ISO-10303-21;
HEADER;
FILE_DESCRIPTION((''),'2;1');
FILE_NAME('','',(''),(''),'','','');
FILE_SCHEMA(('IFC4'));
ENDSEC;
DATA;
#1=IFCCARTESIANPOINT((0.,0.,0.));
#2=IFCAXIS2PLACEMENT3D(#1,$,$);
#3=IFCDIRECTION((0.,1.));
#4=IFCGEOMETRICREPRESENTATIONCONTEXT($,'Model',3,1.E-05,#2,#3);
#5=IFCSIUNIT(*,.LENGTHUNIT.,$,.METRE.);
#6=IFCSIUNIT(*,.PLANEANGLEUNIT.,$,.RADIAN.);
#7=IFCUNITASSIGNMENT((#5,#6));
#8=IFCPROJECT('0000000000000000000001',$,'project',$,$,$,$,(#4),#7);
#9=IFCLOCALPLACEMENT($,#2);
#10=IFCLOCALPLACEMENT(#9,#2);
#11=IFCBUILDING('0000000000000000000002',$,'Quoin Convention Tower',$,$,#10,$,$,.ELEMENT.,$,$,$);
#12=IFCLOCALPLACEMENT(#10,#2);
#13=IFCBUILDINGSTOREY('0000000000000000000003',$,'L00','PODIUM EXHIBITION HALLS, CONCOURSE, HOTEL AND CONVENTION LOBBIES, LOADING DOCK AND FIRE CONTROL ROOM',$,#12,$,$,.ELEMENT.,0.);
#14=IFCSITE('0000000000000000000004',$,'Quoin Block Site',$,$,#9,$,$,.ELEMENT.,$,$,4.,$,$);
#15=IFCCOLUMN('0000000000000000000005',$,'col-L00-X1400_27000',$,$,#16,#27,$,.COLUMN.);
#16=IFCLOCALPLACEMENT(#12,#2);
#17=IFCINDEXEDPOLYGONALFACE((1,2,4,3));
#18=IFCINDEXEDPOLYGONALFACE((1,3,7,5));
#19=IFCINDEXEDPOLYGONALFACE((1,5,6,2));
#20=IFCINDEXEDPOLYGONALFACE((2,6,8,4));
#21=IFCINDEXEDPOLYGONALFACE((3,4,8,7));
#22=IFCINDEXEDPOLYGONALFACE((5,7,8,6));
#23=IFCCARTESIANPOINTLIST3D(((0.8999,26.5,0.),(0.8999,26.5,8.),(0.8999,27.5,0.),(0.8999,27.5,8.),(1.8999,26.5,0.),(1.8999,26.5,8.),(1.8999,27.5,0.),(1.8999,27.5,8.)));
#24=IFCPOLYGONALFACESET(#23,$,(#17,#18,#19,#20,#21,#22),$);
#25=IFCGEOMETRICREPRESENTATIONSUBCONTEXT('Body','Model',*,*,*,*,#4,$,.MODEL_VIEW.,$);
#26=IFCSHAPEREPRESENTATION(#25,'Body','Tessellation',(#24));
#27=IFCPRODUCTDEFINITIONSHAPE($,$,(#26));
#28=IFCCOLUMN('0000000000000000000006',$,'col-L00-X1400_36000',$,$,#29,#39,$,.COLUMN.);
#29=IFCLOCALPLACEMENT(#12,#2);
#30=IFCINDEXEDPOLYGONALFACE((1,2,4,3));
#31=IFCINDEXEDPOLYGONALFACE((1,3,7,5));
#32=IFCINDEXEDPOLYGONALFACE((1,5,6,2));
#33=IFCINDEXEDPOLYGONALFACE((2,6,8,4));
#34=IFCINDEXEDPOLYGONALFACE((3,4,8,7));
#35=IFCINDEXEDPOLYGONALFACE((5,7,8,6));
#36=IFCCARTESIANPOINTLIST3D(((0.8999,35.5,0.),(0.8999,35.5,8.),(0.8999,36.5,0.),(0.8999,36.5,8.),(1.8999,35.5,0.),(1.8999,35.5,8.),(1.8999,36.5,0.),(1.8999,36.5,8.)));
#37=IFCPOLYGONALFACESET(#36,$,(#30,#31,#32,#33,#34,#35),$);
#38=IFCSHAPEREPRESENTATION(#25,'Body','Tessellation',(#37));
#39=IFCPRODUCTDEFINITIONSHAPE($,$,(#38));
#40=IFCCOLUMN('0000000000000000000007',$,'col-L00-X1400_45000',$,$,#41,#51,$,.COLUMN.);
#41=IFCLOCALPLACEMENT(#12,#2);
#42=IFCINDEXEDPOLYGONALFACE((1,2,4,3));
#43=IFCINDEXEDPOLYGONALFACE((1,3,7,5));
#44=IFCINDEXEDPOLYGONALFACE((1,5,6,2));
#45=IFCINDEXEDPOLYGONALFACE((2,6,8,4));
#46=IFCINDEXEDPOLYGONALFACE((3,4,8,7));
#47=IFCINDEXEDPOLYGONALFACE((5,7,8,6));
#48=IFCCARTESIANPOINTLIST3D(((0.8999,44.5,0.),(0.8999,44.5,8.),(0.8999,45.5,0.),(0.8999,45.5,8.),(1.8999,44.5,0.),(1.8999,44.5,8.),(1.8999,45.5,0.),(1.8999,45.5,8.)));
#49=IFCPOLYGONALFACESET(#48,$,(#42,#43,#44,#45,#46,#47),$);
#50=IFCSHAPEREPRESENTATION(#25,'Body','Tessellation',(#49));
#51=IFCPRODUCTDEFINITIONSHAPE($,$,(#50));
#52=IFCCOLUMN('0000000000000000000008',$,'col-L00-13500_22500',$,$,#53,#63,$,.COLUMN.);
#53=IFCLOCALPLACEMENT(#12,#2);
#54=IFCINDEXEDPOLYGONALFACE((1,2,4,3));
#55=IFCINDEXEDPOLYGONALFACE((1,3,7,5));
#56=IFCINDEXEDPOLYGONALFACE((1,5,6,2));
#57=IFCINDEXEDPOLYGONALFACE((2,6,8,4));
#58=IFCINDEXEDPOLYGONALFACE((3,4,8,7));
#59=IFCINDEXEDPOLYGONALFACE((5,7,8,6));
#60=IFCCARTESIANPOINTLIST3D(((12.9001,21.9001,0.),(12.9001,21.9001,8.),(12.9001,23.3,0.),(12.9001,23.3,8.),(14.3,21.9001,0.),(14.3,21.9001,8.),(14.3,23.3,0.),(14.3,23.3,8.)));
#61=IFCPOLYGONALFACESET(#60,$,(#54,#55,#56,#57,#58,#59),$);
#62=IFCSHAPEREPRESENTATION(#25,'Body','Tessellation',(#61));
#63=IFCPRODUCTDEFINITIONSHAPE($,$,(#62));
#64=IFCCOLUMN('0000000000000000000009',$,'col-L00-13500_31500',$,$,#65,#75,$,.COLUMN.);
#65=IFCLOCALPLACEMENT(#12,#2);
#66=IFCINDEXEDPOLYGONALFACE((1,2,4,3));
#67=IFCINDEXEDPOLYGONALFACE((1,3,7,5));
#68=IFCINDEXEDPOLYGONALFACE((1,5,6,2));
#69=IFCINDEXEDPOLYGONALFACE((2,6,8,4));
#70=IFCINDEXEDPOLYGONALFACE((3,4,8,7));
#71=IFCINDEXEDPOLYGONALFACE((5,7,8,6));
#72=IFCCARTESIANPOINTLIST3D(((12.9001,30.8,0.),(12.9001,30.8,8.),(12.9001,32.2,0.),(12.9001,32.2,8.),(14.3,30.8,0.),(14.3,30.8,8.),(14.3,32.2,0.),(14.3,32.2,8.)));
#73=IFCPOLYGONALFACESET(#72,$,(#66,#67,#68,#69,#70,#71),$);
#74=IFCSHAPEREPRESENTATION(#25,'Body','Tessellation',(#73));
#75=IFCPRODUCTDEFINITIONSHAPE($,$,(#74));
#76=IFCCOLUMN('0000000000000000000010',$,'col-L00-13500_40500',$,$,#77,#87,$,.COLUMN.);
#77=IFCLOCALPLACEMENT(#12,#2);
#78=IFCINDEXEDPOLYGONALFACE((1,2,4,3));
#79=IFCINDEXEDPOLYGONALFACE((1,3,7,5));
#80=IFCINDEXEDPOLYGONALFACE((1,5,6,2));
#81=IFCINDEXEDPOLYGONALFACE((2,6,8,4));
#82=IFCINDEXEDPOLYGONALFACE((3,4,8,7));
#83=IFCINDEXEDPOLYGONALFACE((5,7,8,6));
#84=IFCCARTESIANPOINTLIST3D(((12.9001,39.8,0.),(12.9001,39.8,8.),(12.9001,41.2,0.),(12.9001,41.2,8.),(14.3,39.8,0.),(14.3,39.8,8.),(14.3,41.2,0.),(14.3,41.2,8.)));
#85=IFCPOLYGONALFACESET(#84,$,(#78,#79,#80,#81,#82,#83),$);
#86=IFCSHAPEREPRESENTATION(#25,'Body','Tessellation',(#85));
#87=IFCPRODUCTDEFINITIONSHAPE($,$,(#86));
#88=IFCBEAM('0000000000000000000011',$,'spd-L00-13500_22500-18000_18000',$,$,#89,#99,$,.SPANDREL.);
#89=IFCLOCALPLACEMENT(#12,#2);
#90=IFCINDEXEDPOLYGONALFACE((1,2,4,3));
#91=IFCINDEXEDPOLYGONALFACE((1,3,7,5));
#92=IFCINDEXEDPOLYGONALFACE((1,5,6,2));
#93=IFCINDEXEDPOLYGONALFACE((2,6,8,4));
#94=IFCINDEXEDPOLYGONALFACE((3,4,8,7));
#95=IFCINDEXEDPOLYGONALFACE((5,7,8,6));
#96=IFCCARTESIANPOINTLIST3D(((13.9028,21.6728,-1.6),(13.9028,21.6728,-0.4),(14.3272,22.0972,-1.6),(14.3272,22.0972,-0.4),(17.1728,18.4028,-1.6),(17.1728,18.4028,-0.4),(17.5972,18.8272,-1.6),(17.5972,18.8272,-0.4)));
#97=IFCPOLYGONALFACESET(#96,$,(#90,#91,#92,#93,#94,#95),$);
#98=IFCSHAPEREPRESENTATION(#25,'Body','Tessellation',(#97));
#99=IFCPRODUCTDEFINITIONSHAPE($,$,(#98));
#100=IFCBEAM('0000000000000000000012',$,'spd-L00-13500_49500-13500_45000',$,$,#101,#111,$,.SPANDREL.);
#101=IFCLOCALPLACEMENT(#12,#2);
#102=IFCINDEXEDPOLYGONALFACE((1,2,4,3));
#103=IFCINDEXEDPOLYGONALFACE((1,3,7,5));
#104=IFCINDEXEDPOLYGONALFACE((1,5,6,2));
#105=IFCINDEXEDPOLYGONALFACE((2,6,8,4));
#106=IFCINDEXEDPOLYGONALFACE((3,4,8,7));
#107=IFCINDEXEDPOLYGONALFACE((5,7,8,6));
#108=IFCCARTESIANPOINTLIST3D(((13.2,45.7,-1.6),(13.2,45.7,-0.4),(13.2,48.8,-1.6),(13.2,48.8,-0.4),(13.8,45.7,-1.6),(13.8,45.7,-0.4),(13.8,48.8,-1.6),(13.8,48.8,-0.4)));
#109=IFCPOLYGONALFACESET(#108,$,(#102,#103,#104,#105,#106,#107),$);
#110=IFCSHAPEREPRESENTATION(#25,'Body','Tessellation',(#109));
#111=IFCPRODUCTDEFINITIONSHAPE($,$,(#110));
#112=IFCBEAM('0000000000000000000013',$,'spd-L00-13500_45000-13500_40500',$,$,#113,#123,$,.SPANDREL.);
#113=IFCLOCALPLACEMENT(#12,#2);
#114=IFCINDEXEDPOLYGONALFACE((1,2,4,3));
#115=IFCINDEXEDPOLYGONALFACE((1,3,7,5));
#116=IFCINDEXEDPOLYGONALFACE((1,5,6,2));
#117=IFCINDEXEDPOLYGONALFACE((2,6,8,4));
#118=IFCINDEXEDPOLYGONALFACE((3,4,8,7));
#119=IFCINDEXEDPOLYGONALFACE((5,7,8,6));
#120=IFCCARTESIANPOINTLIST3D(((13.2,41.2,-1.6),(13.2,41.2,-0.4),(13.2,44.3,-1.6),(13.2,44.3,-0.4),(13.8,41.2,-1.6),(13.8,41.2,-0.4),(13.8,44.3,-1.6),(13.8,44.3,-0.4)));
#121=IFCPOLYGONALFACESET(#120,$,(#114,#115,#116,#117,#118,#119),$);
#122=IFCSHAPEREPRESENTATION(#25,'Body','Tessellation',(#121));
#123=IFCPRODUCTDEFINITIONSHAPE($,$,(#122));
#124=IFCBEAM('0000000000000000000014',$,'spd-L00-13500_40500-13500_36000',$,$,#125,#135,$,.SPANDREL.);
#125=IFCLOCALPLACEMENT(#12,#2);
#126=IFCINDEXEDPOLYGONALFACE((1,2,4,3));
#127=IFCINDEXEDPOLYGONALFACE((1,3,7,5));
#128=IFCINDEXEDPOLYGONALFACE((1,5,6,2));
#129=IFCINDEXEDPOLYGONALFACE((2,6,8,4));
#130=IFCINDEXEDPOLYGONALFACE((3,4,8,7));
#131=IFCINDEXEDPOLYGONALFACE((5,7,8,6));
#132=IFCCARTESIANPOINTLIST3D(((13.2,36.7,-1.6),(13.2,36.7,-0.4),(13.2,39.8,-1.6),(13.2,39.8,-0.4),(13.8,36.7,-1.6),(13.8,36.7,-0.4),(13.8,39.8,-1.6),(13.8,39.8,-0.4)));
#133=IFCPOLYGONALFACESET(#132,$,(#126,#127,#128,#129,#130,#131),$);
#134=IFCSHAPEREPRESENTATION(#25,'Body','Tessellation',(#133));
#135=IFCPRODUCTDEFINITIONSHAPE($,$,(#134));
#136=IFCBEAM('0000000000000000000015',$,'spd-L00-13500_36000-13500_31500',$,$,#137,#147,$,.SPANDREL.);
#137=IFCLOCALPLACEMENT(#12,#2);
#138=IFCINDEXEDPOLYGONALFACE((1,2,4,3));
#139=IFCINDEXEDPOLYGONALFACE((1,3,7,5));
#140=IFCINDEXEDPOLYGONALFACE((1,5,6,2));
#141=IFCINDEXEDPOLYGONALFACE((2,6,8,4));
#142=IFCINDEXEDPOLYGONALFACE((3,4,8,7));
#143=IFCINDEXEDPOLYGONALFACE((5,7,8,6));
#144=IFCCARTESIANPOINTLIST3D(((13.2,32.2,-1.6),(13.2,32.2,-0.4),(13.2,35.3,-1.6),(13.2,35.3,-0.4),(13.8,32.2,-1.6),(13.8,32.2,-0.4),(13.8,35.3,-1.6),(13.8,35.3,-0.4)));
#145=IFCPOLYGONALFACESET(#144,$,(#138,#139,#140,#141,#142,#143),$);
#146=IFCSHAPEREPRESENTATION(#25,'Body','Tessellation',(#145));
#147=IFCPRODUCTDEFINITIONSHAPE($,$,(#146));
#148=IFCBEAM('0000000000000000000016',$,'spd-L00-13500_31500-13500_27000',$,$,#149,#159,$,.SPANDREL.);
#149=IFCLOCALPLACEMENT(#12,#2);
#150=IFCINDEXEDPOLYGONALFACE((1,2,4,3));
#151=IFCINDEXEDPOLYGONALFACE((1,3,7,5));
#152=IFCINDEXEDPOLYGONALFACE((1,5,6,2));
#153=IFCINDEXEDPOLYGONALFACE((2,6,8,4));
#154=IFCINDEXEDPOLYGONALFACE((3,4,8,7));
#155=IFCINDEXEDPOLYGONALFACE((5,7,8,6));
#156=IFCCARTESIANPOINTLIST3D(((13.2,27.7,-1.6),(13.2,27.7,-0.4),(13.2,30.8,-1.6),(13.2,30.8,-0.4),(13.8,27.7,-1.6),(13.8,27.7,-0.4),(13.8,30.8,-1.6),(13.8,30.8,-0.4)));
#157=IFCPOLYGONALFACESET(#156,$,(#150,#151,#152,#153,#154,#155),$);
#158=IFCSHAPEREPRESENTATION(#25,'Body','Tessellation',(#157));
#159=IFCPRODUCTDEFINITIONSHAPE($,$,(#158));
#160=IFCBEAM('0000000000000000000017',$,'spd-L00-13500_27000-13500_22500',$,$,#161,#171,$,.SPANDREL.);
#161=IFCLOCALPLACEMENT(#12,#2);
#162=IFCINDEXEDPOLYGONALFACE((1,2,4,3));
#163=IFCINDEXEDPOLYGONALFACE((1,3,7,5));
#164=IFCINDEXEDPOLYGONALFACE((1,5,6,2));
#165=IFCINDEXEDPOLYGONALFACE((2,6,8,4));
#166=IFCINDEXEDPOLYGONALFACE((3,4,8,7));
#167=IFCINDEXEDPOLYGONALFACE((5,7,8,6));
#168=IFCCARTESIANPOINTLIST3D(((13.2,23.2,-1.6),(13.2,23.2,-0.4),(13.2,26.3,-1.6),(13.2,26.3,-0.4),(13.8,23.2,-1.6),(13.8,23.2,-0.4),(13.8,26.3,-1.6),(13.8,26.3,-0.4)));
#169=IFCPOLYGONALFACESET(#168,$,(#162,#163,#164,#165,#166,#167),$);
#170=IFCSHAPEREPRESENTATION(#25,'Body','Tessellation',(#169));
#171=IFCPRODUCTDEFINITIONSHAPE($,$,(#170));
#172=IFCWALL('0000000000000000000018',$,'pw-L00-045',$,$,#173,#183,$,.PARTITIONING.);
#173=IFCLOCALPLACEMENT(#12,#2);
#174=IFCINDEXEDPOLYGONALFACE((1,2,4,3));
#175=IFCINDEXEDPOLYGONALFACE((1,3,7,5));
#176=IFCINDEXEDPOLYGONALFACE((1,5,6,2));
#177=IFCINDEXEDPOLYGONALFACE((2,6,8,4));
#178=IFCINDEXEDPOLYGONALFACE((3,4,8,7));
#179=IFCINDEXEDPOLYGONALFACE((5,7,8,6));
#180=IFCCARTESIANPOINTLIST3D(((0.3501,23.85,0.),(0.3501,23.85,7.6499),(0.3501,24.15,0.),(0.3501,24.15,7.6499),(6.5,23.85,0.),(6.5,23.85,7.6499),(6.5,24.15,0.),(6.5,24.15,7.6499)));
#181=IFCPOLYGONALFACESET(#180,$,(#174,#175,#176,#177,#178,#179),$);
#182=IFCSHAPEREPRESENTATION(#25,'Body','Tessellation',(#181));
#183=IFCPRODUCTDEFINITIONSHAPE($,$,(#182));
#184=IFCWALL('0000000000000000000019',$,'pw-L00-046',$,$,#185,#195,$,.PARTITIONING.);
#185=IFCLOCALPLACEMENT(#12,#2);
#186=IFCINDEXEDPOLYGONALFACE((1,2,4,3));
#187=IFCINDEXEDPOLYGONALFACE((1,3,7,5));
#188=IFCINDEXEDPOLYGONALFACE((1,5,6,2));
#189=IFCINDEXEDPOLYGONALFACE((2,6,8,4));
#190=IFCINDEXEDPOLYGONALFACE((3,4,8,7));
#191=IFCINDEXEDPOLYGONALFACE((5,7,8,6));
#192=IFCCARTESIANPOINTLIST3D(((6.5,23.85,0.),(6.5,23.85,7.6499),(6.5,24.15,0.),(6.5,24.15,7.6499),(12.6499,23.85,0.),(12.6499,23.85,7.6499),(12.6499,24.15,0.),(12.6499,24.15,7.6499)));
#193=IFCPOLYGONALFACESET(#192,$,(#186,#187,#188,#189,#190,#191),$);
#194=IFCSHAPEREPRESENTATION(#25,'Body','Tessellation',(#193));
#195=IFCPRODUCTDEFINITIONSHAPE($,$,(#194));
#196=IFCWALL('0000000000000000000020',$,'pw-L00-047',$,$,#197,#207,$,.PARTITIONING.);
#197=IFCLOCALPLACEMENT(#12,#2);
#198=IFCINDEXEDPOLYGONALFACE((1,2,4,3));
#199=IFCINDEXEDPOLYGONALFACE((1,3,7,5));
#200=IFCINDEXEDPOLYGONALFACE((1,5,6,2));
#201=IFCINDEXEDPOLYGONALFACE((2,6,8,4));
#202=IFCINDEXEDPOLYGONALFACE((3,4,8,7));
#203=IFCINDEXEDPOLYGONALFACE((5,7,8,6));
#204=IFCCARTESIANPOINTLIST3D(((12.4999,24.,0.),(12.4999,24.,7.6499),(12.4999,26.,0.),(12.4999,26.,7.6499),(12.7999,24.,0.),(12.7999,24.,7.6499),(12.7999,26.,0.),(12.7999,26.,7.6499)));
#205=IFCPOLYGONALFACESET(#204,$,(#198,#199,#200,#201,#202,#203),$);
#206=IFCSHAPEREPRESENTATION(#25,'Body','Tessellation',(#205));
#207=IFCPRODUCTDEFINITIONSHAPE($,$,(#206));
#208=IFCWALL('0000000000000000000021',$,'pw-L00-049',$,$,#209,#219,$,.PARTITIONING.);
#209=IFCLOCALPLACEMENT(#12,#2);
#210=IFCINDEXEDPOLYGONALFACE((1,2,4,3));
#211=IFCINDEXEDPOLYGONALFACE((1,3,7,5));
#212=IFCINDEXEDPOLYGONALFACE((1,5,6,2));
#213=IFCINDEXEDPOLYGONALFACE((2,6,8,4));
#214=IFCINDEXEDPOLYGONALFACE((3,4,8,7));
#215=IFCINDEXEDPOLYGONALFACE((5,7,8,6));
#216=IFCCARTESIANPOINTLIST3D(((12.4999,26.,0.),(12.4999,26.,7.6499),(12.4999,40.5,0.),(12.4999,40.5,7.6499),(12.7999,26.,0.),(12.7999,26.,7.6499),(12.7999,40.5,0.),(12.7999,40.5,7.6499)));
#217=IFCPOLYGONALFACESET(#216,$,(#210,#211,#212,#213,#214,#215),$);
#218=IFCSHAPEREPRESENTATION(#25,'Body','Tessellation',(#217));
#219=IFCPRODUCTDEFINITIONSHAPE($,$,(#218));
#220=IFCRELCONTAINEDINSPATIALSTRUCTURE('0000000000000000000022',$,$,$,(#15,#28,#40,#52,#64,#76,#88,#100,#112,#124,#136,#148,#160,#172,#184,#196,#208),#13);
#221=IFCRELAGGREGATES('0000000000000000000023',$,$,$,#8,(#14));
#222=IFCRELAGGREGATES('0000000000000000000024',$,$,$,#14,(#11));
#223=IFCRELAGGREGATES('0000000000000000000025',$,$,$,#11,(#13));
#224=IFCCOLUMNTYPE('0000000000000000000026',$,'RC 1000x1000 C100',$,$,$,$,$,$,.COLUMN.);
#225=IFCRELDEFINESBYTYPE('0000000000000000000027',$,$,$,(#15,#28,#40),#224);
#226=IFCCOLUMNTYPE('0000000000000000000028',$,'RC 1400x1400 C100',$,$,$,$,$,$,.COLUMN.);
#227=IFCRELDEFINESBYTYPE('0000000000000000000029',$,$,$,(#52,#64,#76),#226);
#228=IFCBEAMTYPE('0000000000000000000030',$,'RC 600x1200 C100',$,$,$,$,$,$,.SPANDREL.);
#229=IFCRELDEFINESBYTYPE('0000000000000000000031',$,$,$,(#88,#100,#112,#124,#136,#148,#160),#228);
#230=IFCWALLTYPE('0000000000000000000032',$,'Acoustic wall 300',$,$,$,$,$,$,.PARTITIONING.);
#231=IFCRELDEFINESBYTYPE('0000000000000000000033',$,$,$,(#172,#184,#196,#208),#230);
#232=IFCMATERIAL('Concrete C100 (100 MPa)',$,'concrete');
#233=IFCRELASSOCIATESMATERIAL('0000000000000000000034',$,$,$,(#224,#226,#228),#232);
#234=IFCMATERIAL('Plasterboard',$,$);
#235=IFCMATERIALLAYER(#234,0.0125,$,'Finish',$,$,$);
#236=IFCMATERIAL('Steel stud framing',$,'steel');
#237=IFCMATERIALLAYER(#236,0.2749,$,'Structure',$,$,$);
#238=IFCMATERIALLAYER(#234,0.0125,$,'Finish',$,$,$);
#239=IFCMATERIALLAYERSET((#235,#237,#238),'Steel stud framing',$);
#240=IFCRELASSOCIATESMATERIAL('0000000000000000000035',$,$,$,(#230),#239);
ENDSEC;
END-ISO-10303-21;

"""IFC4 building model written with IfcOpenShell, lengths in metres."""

from ifc_helpers import new_model, si_unit, direction, frame, frame_2d, origin, origin_2d, place, context, subcontext, project, spatial, rectangle, extrude, material, layer, layer_set, material_profile, profile_set, type_object, element, save


model = new_model("IFC4")

# Units and contexts
model_context = context("Model", 3, precision=1e-05, world=origin(), true_north=direction((0.0, 1.0)))
body_context = subcontext(model_context, "Body", "Model", "MODEL_VIEW")
ifc_project = project(units=[si_unit("LENGTHUNIT", "METRE"), si_unit("PLANEANGLEUNIT", "RADIAN")], contexts=[model_context])

# Site, building, storey
site_placement = place(None, origin())
site = spatial("IfcSite", under=ifc_project, at=site_placement, Name="Quoin Block Site", CompositionType="ELEMENT", RefElevation=4.0)
building_placement = place(site_placement, origin())
building = spatial("IfcBuilding", under=site, at=building_placement, Name="Quoin Convention Tower", CompositionType="ELEMENT")
storey_placement = place(building_placement, origin())
storey = spatial("IfcBuildingStorey", under=building, at=storey_placement, Name="L00", Description="PODIUM EXHIBITION HALLS, CONCOURSE, HOTEL AND CONVENTION LOBBIES, LOADING DOCK AND FIRE CONTROL ROOM", CompositionType="ELEMENT", Elevation=0.0)

# Columns
ifc_material_1 = material(Name="Concrete C100 (100 MPa)", Category="concrete")
ifc_material_profile_1 = material_profile(ifc_material_1, rectangle(XDim=1.0, YDim=1.0, at=origin_2d()), Name="RC 1000x1000")
ifc_profile_set_1 = profile_set([ifc_material_profile_1], Name="Concrete C100 (100 MPa)")
column_type_1 = type_object("IfcColumnType", Name="RC 1000x1000 C100", PredefinedType="COLUMN", material=ifc_profile_set_1)
for number, where, z_axis, x_axis, name in (
    (1, (1.3999, 27.0, 0.0), (0.0, 0.0, 1.0), (1.0, 0.0, 0.0), "col-L00-X1400_27000"),
    (2, (1.3999, 36.0, 0.0), (0.0, 0.0, 1.0), (1.0, 0.0, 0.0), "col-L00-X1400_36000"),
    (3, (1.3999, 45.0, 0.0), (0.0, 0.0, 1.0), (1.0, 0.0, 0.0), "col-L00-X1400_45000"),
):
    element("IfcColumn", number, at=place(storey_placement, frame(where, z_axis=z_axis, x_axis=x_axis)), inside=storey, type_object=column_type_1, Name=name, PredefinedType="COLUMN", context=body_context, shape_type="SweptSolid", body=[
        extrude(rectangle(XDim=1.0, YDim=1.0, at=origin_2d()), origin(), (0.0, 0.0, 1.0), 8.0),
    ])
ifc_material_profile_2 = material_profile(ifc_material_1, rectangle(XDim=1.3999, YDim=1.3999, at=origin_2d()), Name="RC 1400x1400")
ifc_profile_set_2 = profile_set([ifc_material_profile_2], Name="Concrete C100 (100 MPa)")
column_type_2 = type_object("IfcColumnType", Name="RC 1400x1400 C100", PredefinedType="COLUMN", material=ifc_profile_set_2)
for number, where, z_axis, x_axis, name in (
    (4, (13.6001, 22.6001, 0.0), (0.0, 0.0, 1.0), (1.0, 0.0, 0.0), "col-L00-13500_22500"),
    (5, (13.6001, 31.5, 0.0), (0.0, 0.0, 1.0), (1.0, 0.0, 0.0), "col-L00-13500_31500"),
    (6, (13.6001, 40.5, 0.0), (0.0, 0.0, 1.0), (1.0, 0.0, 0.0), "col-L00-13500_40500"),
):
    element("IfcColumn", number, at=place(storey_placement, frame(where, z_axis=z_axis, x_axis=x_axis)), inside=storey, type_object=column_type_2, Name=name, PredefinedType="COLUMN", context=body_context, shape_type="SweptSolid", body=[
        extrude(rectangle(XDim=1.3999, YDim=1.3999, at=origin_2d()), origin(), (0.0, 0.0, 1.0), 8.0),
    ])

# Beams
ifc_material_profile_3 = material_profile(ifc_material_1, rectangle(XDim=0.6001, YDim=1.2, at=origin_2d()), Name="RC 600x1200")
ifc_profile_set_3 = profile_set([ifc_material_profile_3], Name="Concrete C100 (100 MPa)")
beam_type = type_object("IfcBeamType", Name="RC 600x1200 C100", PredefinedType="SPANDREL", material=ifc_profile_set_3)
beam_placement = place(storey_placement, frame((14.115, 21.885, -1.0), z_axis=(0.707107, -0.707107, 0.0), x_axis=(0.707107, 0.707107, 0.0)))
element("IfcBeam", 7, at=beam_placement, inside=storey, type_object=beam_type, Name="spd-L00-13500_22500-18000_18000", PredefinedType="SPANDREL", context=body_context, shape_type="SweptSolid", body=[
    extrude(rectangle(XDim=0.6001, YDim=1.2, at=origin_2d()), origin(), (0.0, 0.0, 1.0), 4.6245),
])
for number, where, z_axis, x_axis, name in (
    (8, (13.5, 48.8, -1.0), (0.0, -1.0, 0.0), (1.0, 0.0, 0.0), "spd-L00-13500_49500-13500_45000"),
    (9, (13.5, 44.3, -1.0), (0.0, -1.0, 0.0), (1.0, 0.0, 0.0), "spd-L00-13500_45000-13500_40500"),
    (10, (13.5, 39.8, -1.0), (0.0, -1.0, 0.0), (1.0, 0.0, 0.0), "spd-L00-13500_40500-13500_36000"),
    (11, (13.5, 35.3, -1.0), (0.0, -1.0, 0.0), (1.0, 0.0, 0.0), "spd-L00-13500_36000-13500_31500"),
    (12, (13.5, 30.8, -1.0), (0.0, -1.0, 0.0), (1.0, 0.0, 0.0), "spd-L00-13500_31500-13500_27000"),
    (13, (13.5, 26.3, -1.0), (0.0, -1.0, 0.0), (1.0, 0.0, 0.0), "spd-L00-13500_27000-13500_22500"),
):
    element("IfcBeam", number, at=place(storey_placement, frame(where, z_axis=z_axis, x_axis=x_axis)), inside=storey, type_object=beam_type, Name=name, PredefinedType="SPANDREL", context=body_context, shape_type="SweptSolid", body=[
        extrude(rectangle(XDim=0.6001, YDim=1.2, at=origin_2d()), origin(), (0.0, 0.0, 1.0), 3.1001),
    ])

# Walls
ifc_material_2 = material(Name="Plasterboard")
ifc_layer_1 = layer(ifc_material_2, 0.0125, Name="Finish")
ifc_material_3 = material(Name="Steel stud framing", Category="steel")
ifc_layer_2 = layer(ifc_material_3, 0.2749, Name="Structure")
ifc_layer_3 = layer(ifc_material_2, 0.0125, Name="Finish")
ifc_layer_set_1 = layer_set([ifc_layer_1, ifc_layer_2, ifc_layer_3], Name="Steel stud framing")
wall_type_1 = type_object("IfcWallType", Name="Acoustic wall 300", PredefinedType="PARTITIONING", material=ifc_layer_set_1)
for number, where, z_axis, x_axis, name in (
    (14, (0.3501, 24.0, 0.0), (0.0, 0.0, 1.0), (1.0, 0.0, 0.0), "pw-L00-045"),
    (15, (6.5, 24.0, 0.0), (0.0, 0.0, 1.0), (1.0, 0.0, 0.0), "pw-L00-046"),
):
    element("IfcWall", number, at=place(storey_placement, frame(where, z_axis=z_axis, x_axis=x_axis)), inside=storey, type_object=wall_type_1, Name=name, PredefinedType="PARTITIONING", context=body_context, shape_type="SweptSolid", body=[
        extrude(rectangle(XDim=6.1499, YDim=0.3, at=frame_2d((3.075, 0.0))), origin(), (0.0, 0.0, 1.0), 7.6499),
    ])
wall_1_placement = place(storey_placement, frame((12.6499, 24.0, 0.0), z_axis=(0.0, 0.0, 1.0), x_axis=(0.0, 1.0, 0.0)))
element("IfcWall", 16, at=wall_1_placement, inside=storey, type_object=wall_type_1, Name="pw-L00-047", PredefinedType="PARTITIONING", context=body_context, shape_type="SweptSolid", body=[
    extrude(rectangle(XDim=2.0, YDim=0.3, at=frame_2d((1.0, 0.0))), origin(), (0.0, 0.0, 1.0), 7.6499),
])
wall_2_placement = place(storey_placement, frame((12.6499, 26.0, 0.0), z_axis=(0.0, 0.0, 1.0), x_axis=(0.0, 1.0, 0.0)))
element("IfcWall", 17, at=wall_2_placement, inside=storey, type_object=wall_type_1, Name="pw-L00-049", PredefinedType="PARTITIONING", context=body_context, shape_type="SweptSolid", body=[
    extrude(rectangle(XDim=14.5, YDim=0.3, at=frame_2d((7.25, 0.0))), origin(), (0.0, 0.0, 1.0), 7.6499),
])

save(model, "model.ifc")
